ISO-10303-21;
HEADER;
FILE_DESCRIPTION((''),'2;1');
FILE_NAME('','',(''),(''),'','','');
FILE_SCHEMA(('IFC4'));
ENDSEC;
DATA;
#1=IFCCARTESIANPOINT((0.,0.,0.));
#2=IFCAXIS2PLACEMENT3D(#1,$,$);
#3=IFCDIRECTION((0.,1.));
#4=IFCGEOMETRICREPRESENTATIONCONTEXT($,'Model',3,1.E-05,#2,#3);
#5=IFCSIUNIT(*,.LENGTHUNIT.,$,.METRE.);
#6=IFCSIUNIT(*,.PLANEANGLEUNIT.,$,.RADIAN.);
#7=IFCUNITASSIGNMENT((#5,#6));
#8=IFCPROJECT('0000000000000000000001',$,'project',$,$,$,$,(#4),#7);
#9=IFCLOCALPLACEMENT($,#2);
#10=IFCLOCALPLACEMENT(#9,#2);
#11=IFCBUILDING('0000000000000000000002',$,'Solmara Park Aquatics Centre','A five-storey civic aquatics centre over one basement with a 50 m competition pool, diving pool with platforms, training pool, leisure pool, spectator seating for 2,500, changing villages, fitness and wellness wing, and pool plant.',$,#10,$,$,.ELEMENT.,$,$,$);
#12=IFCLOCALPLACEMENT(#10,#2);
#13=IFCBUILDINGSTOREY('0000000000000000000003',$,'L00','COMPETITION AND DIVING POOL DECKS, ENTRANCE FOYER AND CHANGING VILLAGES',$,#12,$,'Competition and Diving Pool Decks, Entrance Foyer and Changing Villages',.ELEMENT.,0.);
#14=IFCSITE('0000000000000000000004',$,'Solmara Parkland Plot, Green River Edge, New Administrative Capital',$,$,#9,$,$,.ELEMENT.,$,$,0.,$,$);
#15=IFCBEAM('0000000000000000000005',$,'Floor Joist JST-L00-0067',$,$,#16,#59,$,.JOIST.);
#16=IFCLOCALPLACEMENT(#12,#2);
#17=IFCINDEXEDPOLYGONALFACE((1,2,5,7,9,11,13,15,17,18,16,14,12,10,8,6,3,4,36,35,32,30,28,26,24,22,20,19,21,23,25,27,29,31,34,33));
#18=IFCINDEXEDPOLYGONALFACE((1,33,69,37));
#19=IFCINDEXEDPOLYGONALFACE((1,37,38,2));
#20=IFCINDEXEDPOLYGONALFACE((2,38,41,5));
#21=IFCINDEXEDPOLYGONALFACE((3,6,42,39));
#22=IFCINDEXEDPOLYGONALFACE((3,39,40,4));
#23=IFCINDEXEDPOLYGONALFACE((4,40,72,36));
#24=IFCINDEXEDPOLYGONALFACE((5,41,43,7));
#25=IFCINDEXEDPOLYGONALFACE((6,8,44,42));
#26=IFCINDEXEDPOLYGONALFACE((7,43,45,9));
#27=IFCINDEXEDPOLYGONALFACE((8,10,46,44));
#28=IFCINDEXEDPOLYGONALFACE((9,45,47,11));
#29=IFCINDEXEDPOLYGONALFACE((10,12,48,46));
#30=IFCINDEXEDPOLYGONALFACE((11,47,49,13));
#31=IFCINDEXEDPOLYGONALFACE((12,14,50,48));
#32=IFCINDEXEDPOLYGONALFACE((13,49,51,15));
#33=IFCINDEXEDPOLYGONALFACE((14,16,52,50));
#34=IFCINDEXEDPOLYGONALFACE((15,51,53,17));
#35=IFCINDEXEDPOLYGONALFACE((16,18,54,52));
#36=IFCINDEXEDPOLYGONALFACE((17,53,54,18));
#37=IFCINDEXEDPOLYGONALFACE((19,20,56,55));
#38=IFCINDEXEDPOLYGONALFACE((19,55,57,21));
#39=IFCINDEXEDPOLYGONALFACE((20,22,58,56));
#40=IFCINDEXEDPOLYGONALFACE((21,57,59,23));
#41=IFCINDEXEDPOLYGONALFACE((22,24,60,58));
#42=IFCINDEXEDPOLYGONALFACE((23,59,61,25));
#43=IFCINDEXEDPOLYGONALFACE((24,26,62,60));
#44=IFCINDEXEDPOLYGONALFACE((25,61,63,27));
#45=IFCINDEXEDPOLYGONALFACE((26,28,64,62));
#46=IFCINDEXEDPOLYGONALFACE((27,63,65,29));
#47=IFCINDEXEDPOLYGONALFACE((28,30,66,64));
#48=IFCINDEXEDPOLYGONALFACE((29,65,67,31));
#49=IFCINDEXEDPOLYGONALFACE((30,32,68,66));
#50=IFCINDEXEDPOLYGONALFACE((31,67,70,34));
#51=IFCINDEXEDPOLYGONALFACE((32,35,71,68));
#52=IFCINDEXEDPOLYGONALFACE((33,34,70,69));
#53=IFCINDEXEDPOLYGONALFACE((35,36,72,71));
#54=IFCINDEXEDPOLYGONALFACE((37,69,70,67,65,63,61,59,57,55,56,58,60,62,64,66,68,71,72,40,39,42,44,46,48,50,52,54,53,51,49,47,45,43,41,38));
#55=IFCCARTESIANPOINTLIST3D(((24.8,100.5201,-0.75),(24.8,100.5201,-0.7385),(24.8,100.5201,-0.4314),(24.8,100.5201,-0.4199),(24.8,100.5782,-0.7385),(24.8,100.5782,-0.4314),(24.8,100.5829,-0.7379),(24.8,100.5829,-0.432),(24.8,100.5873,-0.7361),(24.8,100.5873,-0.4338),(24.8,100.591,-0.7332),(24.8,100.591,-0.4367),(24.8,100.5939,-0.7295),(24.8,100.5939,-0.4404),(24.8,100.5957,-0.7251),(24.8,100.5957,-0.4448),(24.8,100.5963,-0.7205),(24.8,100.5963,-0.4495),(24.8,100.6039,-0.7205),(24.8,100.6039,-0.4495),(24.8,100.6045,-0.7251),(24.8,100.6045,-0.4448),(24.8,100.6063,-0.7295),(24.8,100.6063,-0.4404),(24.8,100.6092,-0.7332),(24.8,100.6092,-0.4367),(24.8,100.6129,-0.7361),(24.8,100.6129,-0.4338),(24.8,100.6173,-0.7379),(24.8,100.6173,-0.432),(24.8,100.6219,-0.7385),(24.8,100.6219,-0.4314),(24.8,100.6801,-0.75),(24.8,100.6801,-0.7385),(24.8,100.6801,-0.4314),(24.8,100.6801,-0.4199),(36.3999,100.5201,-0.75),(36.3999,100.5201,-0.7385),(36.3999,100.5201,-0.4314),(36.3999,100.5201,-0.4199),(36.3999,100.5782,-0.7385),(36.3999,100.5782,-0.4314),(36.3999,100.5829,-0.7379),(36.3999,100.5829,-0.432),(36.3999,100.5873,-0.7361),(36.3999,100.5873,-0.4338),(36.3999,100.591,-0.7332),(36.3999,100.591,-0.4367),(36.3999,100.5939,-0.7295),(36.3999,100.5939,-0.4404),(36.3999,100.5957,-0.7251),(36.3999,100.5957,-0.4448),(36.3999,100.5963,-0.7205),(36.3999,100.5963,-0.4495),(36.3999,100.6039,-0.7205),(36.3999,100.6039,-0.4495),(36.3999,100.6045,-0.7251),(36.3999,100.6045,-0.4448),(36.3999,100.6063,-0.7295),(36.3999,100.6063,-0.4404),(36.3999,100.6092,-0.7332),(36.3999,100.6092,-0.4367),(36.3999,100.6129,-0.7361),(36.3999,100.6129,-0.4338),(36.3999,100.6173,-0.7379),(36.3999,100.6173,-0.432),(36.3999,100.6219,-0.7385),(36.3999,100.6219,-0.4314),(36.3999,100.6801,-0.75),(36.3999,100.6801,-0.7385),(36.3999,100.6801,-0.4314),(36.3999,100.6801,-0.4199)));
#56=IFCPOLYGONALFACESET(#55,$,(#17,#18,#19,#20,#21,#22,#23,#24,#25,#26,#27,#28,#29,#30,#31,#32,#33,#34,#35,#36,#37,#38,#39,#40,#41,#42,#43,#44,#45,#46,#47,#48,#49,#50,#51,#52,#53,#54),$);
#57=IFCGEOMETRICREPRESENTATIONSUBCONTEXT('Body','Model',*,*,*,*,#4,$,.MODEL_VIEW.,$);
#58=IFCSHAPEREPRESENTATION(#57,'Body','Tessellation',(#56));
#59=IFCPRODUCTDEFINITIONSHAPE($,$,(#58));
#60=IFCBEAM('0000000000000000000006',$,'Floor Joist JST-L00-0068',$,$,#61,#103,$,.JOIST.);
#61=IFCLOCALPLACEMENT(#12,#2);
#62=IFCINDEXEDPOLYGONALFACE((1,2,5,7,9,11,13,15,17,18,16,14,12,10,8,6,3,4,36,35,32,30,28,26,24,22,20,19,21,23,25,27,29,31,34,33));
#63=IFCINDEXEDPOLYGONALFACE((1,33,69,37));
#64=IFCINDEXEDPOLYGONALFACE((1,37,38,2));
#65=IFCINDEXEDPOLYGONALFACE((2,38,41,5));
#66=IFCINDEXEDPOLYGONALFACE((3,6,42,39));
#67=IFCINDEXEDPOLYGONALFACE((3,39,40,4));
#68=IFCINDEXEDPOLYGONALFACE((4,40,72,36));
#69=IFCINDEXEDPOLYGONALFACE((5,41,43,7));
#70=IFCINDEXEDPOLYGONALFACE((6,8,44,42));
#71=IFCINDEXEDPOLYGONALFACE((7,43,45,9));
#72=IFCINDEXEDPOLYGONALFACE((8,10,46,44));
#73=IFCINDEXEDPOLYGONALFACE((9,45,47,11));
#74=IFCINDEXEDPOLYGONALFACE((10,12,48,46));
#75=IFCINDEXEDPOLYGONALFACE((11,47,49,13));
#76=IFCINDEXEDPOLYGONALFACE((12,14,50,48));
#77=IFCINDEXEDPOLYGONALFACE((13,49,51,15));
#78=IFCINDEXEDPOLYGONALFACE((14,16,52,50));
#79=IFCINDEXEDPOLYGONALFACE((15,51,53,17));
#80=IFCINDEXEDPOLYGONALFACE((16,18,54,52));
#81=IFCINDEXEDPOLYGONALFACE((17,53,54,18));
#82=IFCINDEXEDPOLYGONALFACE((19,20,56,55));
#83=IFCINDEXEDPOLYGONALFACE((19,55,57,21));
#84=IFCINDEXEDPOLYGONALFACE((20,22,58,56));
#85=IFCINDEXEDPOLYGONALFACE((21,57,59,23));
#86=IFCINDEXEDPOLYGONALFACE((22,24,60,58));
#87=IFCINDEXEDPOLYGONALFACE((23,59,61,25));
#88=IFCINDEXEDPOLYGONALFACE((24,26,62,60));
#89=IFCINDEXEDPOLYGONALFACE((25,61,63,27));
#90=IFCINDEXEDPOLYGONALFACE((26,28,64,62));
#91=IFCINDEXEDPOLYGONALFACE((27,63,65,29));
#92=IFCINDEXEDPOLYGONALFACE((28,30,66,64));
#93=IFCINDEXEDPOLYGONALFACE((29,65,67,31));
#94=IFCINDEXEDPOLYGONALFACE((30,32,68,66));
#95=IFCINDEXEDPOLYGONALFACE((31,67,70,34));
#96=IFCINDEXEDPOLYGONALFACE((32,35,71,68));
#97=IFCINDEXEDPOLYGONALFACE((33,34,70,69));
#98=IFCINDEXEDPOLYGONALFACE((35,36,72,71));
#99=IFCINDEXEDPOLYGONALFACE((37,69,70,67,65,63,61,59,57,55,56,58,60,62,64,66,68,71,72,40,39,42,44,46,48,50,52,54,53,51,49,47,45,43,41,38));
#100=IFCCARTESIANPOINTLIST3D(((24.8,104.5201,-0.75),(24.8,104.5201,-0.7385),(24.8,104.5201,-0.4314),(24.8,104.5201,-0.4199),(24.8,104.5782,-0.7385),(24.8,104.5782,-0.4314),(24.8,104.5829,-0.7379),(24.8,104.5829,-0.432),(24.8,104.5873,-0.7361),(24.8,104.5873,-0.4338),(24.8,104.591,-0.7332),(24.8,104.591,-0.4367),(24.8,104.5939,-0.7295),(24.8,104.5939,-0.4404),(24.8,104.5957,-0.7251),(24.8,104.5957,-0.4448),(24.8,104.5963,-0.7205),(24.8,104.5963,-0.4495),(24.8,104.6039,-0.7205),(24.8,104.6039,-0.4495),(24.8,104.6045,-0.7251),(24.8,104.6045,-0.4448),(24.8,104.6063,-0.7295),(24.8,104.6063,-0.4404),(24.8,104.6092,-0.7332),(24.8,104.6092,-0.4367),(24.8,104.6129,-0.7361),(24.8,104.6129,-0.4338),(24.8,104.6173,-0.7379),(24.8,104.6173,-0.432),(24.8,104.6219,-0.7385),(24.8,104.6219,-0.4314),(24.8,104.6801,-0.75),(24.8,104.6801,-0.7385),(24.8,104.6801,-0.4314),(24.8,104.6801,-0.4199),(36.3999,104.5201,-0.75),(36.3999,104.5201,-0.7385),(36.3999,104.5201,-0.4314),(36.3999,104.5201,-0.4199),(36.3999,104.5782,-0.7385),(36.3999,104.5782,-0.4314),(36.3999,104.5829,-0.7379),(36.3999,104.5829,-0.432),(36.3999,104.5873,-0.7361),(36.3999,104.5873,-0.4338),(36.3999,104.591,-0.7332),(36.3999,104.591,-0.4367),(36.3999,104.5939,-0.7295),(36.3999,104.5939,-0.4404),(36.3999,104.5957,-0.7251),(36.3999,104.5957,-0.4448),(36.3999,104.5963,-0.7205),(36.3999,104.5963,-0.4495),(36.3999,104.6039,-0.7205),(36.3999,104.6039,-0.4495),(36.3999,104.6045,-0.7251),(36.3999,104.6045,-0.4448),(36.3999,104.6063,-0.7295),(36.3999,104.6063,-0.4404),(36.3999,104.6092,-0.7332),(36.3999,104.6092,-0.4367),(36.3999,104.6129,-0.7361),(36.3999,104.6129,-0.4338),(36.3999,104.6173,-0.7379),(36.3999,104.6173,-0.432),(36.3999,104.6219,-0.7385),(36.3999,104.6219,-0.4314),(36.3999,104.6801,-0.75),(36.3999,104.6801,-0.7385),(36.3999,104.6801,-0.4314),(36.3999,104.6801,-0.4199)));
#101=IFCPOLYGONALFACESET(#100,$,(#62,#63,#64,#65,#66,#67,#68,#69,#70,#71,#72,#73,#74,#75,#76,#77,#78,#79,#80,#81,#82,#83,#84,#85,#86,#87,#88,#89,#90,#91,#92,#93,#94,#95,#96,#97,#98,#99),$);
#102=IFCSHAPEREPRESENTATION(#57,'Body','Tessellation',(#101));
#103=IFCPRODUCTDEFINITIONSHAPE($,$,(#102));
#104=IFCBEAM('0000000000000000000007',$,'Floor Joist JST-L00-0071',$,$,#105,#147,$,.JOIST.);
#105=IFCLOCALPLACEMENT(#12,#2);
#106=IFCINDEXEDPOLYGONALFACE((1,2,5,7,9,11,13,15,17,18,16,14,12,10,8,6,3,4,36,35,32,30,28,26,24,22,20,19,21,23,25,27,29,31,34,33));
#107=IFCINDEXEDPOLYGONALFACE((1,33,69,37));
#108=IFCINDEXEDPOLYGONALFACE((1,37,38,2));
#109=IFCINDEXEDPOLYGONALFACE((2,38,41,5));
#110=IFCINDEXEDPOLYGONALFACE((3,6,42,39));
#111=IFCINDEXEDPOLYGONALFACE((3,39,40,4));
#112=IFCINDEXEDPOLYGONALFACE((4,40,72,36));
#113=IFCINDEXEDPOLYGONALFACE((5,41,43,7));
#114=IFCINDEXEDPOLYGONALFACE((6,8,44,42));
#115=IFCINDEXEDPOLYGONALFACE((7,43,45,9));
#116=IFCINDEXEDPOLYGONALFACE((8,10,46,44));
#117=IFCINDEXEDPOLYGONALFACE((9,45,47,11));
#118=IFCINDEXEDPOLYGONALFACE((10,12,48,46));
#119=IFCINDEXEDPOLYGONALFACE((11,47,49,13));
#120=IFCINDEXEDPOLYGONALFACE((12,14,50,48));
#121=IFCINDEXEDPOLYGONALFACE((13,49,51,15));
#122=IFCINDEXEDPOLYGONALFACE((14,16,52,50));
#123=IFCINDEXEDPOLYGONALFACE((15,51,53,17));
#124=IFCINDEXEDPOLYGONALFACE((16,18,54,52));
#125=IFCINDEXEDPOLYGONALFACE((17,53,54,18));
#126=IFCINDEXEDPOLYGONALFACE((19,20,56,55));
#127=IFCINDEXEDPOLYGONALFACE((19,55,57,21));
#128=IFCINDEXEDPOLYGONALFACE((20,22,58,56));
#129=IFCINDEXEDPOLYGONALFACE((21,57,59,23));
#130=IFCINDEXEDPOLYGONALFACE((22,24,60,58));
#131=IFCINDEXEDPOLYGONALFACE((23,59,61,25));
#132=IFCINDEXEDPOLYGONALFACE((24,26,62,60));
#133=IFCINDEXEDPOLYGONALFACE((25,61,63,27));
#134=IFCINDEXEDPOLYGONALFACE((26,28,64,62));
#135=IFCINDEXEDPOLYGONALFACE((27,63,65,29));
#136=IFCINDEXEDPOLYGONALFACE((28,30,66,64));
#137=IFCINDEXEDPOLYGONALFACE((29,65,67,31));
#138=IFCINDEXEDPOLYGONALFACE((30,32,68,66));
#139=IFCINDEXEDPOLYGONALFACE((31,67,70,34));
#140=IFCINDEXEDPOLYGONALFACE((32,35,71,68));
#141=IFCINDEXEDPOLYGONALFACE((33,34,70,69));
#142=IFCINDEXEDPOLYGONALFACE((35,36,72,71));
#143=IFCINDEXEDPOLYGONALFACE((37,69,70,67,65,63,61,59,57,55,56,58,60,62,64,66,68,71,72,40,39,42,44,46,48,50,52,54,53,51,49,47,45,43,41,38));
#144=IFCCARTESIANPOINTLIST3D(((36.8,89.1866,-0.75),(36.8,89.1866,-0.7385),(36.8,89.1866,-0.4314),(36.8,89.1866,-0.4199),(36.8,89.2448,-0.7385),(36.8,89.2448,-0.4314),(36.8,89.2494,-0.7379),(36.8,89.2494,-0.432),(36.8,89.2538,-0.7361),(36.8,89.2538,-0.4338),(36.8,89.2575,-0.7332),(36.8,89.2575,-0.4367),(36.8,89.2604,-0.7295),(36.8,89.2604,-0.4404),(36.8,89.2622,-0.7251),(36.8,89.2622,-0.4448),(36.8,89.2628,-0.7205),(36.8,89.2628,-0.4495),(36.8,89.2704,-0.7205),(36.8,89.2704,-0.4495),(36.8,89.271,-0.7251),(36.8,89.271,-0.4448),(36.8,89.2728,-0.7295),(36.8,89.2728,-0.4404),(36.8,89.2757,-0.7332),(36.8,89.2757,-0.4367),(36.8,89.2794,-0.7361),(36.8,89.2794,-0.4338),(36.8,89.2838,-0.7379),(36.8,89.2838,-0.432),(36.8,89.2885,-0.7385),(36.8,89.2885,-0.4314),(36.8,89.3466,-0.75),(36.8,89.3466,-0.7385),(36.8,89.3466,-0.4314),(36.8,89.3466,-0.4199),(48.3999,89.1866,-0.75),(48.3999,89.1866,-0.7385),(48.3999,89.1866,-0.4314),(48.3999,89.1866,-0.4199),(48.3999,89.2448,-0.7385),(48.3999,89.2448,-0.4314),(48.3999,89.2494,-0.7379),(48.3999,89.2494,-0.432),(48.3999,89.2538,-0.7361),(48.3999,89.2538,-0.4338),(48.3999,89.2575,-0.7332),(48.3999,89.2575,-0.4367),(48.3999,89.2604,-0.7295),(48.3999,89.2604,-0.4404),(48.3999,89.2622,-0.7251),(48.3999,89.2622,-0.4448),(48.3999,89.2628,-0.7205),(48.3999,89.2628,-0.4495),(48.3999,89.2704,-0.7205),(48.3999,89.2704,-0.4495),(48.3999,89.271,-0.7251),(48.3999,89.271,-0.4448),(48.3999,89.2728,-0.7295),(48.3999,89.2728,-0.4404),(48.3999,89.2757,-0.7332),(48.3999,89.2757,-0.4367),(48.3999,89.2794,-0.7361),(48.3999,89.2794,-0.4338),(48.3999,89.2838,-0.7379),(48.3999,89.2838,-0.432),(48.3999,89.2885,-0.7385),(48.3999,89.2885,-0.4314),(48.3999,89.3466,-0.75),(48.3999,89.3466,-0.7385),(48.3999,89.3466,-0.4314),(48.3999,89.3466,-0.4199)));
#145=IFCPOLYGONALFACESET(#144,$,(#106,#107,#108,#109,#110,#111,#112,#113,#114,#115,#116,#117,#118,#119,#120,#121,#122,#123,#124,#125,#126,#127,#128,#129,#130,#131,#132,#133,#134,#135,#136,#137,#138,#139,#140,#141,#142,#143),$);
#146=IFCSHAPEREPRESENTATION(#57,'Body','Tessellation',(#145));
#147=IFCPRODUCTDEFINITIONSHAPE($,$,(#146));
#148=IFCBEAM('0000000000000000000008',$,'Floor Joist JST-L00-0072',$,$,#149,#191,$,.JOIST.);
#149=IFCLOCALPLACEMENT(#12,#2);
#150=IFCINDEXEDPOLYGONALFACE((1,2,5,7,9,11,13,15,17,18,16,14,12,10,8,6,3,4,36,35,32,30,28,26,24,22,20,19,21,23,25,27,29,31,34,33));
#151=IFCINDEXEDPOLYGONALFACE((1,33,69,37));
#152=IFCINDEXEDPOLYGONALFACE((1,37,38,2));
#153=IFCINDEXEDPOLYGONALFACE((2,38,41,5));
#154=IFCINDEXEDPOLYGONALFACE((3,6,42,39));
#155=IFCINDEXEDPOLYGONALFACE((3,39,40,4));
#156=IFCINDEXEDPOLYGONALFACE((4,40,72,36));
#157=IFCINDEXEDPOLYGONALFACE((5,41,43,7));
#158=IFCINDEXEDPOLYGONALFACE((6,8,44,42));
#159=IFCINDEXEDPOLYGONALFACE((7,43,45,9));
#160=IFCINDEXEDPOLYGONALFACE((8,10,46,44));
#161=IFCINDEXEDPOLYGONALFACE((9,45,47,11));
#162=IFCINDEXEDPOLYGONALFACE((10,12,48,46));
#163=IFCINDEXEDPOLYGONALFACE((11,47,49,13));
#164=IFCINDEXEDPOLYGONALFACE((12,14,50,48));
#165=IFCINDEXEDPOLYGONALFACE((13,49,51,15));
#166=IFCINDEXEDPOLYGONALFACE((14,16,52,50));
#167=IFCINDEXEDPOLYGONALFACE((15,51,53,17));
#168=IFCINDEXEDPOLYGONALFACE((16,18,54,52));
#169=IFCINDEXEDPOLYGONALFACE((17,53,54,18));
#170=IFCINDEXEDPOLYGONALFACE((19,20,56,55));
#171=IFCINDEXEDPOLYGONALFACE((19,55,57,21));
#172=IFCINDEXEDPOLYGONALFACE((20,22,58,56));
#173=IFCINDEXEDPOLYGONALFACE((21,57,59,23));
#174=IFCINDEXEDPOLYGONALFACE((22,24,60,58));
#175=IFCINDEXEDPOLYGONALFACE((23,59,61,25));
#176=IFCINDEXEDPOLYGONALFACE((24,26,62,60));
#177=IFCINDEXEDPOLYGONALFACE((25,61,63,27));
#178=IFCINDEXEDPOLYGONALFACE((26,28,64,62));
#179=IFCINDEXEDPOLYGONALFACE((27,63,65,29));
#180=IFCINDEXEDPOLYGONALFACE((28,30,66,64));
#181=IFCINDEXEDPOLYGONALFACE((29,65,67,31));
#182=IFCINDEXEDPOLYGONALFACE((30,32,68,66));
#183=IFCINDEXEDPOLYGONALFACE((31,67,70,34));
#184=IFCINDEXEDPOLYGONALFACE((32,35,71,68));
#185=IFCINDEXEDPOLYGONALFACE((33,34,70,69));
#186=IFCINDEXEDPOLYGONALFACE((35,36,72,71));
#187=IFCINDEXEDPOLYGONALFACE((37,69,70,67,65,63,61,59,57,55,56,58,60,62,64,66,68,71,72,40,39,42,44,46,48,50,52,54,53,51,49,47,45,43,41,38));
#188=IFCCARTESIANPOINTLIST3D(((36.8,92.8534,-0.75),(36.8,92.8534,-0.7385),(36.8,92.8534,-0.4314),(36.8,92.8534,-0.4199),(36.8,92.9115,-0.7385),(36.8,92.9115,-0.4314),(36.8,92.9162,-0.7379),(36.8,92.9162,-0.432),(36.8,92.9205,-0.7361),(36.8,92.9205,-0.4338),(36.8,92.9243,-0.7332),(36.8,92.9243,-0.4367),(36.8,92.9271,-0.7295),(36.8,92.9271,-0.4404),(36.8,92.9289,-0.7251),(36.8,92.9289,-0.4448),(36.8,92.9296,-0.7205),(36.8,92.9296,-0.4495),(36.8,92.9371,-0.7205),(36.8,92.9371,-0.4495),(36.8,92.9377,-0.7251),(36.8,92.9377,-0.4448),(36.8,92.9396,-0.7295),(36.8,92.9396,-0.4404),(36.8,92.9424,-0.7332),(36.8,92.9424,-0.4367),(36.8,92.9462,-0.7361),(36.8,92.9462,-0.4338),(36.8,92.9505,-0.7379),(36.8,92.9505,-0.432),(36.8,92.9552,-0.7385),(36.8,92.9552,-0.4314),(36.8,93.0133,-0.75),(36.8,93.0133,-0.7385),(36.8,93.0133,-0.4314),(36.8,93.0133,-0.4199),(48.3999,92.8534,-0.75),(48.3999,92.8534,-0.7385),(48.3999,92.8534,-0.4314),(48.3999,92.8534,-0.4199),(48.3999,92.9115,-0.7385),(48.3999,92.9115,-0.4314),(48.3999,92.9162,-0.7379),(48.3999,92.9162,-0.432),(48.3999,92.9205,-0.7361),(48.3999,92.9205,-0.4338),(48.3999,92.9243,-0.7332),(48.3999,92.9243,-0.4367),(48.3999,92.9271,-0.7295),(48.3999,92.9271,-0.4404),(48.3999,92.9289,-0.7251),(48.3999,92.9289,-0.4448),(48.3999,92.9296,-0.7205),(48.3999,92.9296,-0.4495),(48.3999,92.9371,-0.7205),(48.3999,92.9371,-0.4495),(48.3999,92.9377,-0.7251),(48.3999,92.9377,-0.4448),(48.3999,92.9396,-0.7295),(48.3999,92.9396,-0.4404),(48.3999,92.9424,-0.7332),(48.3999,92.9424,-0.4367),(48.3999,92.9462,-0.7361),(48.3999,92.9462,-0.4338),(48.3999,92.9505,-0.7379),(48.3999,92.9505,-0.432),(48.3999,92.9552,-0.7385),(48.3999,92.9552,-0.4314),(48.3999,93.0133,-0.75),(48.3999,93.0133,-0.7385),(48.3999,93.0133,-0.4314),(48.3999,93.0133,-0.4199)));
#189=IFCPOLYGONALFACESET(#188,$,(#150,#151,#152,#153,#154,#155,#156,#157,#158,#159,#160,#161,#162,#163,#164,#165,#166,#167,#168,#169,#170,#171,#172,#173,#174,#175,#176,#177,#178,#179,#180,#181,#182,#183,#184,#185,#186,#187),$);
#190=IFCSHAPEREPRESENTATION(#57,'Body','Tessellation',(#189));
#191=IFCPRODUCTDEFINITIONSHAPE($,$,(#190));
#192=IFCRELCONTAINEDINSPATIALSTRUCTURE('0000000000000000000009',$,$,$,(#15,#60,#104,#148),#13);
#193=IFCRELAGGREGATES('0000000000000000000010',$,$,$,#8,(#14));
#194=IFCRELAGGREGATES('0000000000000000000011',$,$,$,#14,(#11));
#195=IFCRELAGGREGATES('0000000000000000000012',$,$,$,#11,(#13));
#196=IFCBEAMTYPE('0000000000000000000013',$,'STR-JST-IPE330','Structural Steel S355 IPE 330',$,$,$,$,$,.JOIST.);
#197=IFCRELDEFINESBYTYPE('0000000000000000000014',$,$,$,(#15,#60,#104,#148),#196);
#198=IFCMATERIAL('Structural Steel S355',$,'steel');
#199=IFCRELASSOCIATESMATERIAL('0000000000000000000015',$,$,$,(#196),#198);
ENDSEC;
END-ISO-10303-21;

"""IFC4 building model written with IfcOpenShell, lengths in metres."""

from ifc_helpers import new_model, si_unit, direction, frame, origin, origin_2d, place, context, subcontext, project, spatial, i_section, extrude, material, material_profile, profile_set, type_object, element, save


model = new_model("IFC4")

# Units and contexts
model_context = context("Model", 3, precision=1e-05, world=origin(), true_north=direction((0.0, 1.0)))
body_context = subcontext(model_context, "Body", "Model", "MODEL_VIEW")
ifc_project = project(units=[si_unit("LENGTHUNIT", "METRE"), si_unit("PLANEANGLEUNIT", "RADIAN")], contexts=[model_context])

# Site, building, storey
site_placement = place(None, origin())
site = spatial("IfcSite", under=ifc_project, at=site_placement, Name="Solmara Parkland Plot, Green River Edge, New Administrative Capital", CompositionType="ELEMENT", RefElevation=0.0)
building_placement = place(site_placement, origin())
building = spatial("IfcBuilding", under=site, at=building_placement, Name="Solmara Park Aquatics Centre", Description="A five-storey civic aquatics centre over one basement with a 50 m competition pool, diving pool with platforms, training pool, leisure pool, spectator seating for 2,500, changing villages, fitness and wellness wing, and pool plant.", CompositionType="ELEMENT")
storey_placement = place(building_placement, origin())
storey = spatial("IfcBuildingStorey", under=building, at=storey_placement, Name="L00", Description="COMPETITION AND DIVING POOL DECKS, ENTRANCE FOYER AND CHANGING VILLAGES", LongName="Competition and Diving Pool Decks, Entrance Foyer and Changing Villages", CompositionType="ELEMENT", Elevation=0.0)

# Beams
ifc_material_1 = material(Name="Structural Steel S355", Category="steel")
ifc_material_profile_1 = material_profile(ifc_material_1, i_section(OverallWidth=0.1599, OverallDepth=0.3301, WebThickness=0.0076, FlangeThickness=0.0115, FilletRadius=0.0181, at=origin_2d()), Name="IPE 330")
ifc_profile_set_1 = profile_set([ifc_material_profile_1], Name="Structural Steel S355")
beam_type_1 = type_object("IfcBeamType", Name="STR-JST-IPE330", Description="Structural Steel S355 IPE 330", PredefinedType="JOIST", material=ifc_profile_set_1)
for number, where, z_axis, x_axis, name in (
    (1, (24.8, 100.6001, -0.585), (1.0, 0.0, 0.0), (0.0, 1.0, 0.0), "Floor Joist JST-L00-0067"),
    (2, (24.8, 104.6001, -0.585), (1.0, 0.0, 0.0), (0.0, 1.0, 0.0), "Floor Joist JST-L00-0068"),
    (3, (36.8, 89.2666, -0.585), (1.0, 0.0, 0.0), (0.0, 1.0, 0.0), "Floor Joist JST-L00-0071"),
    (4, (36.8, 92.9333, -0.585), (1.0, 0.0, 0.0), (0.0, 1.0, 0.0), "Floor Joist JST-L00-0072"),
):
    element("IfcBeam", number, at=place(storey_placement, frame(where, z_axis=z_axis, x_axis=x_axis)), inside=storey, type_object=beam_type_1, Name=name, PredefinedType="JOIST", context=body_context, shape_type="SweptSolid", body=[
        extrude(i_section(OverallWidth=0.1599, OverallDepth=0.3301, WebThickness=0.0076, FlangeThickness=0.0115, FilletRadius=0.0181, at=origin_2d()), origin(), (0.0, 0.0, 1.0), 11.5999),
    ])

save(model, "model.ifc")
